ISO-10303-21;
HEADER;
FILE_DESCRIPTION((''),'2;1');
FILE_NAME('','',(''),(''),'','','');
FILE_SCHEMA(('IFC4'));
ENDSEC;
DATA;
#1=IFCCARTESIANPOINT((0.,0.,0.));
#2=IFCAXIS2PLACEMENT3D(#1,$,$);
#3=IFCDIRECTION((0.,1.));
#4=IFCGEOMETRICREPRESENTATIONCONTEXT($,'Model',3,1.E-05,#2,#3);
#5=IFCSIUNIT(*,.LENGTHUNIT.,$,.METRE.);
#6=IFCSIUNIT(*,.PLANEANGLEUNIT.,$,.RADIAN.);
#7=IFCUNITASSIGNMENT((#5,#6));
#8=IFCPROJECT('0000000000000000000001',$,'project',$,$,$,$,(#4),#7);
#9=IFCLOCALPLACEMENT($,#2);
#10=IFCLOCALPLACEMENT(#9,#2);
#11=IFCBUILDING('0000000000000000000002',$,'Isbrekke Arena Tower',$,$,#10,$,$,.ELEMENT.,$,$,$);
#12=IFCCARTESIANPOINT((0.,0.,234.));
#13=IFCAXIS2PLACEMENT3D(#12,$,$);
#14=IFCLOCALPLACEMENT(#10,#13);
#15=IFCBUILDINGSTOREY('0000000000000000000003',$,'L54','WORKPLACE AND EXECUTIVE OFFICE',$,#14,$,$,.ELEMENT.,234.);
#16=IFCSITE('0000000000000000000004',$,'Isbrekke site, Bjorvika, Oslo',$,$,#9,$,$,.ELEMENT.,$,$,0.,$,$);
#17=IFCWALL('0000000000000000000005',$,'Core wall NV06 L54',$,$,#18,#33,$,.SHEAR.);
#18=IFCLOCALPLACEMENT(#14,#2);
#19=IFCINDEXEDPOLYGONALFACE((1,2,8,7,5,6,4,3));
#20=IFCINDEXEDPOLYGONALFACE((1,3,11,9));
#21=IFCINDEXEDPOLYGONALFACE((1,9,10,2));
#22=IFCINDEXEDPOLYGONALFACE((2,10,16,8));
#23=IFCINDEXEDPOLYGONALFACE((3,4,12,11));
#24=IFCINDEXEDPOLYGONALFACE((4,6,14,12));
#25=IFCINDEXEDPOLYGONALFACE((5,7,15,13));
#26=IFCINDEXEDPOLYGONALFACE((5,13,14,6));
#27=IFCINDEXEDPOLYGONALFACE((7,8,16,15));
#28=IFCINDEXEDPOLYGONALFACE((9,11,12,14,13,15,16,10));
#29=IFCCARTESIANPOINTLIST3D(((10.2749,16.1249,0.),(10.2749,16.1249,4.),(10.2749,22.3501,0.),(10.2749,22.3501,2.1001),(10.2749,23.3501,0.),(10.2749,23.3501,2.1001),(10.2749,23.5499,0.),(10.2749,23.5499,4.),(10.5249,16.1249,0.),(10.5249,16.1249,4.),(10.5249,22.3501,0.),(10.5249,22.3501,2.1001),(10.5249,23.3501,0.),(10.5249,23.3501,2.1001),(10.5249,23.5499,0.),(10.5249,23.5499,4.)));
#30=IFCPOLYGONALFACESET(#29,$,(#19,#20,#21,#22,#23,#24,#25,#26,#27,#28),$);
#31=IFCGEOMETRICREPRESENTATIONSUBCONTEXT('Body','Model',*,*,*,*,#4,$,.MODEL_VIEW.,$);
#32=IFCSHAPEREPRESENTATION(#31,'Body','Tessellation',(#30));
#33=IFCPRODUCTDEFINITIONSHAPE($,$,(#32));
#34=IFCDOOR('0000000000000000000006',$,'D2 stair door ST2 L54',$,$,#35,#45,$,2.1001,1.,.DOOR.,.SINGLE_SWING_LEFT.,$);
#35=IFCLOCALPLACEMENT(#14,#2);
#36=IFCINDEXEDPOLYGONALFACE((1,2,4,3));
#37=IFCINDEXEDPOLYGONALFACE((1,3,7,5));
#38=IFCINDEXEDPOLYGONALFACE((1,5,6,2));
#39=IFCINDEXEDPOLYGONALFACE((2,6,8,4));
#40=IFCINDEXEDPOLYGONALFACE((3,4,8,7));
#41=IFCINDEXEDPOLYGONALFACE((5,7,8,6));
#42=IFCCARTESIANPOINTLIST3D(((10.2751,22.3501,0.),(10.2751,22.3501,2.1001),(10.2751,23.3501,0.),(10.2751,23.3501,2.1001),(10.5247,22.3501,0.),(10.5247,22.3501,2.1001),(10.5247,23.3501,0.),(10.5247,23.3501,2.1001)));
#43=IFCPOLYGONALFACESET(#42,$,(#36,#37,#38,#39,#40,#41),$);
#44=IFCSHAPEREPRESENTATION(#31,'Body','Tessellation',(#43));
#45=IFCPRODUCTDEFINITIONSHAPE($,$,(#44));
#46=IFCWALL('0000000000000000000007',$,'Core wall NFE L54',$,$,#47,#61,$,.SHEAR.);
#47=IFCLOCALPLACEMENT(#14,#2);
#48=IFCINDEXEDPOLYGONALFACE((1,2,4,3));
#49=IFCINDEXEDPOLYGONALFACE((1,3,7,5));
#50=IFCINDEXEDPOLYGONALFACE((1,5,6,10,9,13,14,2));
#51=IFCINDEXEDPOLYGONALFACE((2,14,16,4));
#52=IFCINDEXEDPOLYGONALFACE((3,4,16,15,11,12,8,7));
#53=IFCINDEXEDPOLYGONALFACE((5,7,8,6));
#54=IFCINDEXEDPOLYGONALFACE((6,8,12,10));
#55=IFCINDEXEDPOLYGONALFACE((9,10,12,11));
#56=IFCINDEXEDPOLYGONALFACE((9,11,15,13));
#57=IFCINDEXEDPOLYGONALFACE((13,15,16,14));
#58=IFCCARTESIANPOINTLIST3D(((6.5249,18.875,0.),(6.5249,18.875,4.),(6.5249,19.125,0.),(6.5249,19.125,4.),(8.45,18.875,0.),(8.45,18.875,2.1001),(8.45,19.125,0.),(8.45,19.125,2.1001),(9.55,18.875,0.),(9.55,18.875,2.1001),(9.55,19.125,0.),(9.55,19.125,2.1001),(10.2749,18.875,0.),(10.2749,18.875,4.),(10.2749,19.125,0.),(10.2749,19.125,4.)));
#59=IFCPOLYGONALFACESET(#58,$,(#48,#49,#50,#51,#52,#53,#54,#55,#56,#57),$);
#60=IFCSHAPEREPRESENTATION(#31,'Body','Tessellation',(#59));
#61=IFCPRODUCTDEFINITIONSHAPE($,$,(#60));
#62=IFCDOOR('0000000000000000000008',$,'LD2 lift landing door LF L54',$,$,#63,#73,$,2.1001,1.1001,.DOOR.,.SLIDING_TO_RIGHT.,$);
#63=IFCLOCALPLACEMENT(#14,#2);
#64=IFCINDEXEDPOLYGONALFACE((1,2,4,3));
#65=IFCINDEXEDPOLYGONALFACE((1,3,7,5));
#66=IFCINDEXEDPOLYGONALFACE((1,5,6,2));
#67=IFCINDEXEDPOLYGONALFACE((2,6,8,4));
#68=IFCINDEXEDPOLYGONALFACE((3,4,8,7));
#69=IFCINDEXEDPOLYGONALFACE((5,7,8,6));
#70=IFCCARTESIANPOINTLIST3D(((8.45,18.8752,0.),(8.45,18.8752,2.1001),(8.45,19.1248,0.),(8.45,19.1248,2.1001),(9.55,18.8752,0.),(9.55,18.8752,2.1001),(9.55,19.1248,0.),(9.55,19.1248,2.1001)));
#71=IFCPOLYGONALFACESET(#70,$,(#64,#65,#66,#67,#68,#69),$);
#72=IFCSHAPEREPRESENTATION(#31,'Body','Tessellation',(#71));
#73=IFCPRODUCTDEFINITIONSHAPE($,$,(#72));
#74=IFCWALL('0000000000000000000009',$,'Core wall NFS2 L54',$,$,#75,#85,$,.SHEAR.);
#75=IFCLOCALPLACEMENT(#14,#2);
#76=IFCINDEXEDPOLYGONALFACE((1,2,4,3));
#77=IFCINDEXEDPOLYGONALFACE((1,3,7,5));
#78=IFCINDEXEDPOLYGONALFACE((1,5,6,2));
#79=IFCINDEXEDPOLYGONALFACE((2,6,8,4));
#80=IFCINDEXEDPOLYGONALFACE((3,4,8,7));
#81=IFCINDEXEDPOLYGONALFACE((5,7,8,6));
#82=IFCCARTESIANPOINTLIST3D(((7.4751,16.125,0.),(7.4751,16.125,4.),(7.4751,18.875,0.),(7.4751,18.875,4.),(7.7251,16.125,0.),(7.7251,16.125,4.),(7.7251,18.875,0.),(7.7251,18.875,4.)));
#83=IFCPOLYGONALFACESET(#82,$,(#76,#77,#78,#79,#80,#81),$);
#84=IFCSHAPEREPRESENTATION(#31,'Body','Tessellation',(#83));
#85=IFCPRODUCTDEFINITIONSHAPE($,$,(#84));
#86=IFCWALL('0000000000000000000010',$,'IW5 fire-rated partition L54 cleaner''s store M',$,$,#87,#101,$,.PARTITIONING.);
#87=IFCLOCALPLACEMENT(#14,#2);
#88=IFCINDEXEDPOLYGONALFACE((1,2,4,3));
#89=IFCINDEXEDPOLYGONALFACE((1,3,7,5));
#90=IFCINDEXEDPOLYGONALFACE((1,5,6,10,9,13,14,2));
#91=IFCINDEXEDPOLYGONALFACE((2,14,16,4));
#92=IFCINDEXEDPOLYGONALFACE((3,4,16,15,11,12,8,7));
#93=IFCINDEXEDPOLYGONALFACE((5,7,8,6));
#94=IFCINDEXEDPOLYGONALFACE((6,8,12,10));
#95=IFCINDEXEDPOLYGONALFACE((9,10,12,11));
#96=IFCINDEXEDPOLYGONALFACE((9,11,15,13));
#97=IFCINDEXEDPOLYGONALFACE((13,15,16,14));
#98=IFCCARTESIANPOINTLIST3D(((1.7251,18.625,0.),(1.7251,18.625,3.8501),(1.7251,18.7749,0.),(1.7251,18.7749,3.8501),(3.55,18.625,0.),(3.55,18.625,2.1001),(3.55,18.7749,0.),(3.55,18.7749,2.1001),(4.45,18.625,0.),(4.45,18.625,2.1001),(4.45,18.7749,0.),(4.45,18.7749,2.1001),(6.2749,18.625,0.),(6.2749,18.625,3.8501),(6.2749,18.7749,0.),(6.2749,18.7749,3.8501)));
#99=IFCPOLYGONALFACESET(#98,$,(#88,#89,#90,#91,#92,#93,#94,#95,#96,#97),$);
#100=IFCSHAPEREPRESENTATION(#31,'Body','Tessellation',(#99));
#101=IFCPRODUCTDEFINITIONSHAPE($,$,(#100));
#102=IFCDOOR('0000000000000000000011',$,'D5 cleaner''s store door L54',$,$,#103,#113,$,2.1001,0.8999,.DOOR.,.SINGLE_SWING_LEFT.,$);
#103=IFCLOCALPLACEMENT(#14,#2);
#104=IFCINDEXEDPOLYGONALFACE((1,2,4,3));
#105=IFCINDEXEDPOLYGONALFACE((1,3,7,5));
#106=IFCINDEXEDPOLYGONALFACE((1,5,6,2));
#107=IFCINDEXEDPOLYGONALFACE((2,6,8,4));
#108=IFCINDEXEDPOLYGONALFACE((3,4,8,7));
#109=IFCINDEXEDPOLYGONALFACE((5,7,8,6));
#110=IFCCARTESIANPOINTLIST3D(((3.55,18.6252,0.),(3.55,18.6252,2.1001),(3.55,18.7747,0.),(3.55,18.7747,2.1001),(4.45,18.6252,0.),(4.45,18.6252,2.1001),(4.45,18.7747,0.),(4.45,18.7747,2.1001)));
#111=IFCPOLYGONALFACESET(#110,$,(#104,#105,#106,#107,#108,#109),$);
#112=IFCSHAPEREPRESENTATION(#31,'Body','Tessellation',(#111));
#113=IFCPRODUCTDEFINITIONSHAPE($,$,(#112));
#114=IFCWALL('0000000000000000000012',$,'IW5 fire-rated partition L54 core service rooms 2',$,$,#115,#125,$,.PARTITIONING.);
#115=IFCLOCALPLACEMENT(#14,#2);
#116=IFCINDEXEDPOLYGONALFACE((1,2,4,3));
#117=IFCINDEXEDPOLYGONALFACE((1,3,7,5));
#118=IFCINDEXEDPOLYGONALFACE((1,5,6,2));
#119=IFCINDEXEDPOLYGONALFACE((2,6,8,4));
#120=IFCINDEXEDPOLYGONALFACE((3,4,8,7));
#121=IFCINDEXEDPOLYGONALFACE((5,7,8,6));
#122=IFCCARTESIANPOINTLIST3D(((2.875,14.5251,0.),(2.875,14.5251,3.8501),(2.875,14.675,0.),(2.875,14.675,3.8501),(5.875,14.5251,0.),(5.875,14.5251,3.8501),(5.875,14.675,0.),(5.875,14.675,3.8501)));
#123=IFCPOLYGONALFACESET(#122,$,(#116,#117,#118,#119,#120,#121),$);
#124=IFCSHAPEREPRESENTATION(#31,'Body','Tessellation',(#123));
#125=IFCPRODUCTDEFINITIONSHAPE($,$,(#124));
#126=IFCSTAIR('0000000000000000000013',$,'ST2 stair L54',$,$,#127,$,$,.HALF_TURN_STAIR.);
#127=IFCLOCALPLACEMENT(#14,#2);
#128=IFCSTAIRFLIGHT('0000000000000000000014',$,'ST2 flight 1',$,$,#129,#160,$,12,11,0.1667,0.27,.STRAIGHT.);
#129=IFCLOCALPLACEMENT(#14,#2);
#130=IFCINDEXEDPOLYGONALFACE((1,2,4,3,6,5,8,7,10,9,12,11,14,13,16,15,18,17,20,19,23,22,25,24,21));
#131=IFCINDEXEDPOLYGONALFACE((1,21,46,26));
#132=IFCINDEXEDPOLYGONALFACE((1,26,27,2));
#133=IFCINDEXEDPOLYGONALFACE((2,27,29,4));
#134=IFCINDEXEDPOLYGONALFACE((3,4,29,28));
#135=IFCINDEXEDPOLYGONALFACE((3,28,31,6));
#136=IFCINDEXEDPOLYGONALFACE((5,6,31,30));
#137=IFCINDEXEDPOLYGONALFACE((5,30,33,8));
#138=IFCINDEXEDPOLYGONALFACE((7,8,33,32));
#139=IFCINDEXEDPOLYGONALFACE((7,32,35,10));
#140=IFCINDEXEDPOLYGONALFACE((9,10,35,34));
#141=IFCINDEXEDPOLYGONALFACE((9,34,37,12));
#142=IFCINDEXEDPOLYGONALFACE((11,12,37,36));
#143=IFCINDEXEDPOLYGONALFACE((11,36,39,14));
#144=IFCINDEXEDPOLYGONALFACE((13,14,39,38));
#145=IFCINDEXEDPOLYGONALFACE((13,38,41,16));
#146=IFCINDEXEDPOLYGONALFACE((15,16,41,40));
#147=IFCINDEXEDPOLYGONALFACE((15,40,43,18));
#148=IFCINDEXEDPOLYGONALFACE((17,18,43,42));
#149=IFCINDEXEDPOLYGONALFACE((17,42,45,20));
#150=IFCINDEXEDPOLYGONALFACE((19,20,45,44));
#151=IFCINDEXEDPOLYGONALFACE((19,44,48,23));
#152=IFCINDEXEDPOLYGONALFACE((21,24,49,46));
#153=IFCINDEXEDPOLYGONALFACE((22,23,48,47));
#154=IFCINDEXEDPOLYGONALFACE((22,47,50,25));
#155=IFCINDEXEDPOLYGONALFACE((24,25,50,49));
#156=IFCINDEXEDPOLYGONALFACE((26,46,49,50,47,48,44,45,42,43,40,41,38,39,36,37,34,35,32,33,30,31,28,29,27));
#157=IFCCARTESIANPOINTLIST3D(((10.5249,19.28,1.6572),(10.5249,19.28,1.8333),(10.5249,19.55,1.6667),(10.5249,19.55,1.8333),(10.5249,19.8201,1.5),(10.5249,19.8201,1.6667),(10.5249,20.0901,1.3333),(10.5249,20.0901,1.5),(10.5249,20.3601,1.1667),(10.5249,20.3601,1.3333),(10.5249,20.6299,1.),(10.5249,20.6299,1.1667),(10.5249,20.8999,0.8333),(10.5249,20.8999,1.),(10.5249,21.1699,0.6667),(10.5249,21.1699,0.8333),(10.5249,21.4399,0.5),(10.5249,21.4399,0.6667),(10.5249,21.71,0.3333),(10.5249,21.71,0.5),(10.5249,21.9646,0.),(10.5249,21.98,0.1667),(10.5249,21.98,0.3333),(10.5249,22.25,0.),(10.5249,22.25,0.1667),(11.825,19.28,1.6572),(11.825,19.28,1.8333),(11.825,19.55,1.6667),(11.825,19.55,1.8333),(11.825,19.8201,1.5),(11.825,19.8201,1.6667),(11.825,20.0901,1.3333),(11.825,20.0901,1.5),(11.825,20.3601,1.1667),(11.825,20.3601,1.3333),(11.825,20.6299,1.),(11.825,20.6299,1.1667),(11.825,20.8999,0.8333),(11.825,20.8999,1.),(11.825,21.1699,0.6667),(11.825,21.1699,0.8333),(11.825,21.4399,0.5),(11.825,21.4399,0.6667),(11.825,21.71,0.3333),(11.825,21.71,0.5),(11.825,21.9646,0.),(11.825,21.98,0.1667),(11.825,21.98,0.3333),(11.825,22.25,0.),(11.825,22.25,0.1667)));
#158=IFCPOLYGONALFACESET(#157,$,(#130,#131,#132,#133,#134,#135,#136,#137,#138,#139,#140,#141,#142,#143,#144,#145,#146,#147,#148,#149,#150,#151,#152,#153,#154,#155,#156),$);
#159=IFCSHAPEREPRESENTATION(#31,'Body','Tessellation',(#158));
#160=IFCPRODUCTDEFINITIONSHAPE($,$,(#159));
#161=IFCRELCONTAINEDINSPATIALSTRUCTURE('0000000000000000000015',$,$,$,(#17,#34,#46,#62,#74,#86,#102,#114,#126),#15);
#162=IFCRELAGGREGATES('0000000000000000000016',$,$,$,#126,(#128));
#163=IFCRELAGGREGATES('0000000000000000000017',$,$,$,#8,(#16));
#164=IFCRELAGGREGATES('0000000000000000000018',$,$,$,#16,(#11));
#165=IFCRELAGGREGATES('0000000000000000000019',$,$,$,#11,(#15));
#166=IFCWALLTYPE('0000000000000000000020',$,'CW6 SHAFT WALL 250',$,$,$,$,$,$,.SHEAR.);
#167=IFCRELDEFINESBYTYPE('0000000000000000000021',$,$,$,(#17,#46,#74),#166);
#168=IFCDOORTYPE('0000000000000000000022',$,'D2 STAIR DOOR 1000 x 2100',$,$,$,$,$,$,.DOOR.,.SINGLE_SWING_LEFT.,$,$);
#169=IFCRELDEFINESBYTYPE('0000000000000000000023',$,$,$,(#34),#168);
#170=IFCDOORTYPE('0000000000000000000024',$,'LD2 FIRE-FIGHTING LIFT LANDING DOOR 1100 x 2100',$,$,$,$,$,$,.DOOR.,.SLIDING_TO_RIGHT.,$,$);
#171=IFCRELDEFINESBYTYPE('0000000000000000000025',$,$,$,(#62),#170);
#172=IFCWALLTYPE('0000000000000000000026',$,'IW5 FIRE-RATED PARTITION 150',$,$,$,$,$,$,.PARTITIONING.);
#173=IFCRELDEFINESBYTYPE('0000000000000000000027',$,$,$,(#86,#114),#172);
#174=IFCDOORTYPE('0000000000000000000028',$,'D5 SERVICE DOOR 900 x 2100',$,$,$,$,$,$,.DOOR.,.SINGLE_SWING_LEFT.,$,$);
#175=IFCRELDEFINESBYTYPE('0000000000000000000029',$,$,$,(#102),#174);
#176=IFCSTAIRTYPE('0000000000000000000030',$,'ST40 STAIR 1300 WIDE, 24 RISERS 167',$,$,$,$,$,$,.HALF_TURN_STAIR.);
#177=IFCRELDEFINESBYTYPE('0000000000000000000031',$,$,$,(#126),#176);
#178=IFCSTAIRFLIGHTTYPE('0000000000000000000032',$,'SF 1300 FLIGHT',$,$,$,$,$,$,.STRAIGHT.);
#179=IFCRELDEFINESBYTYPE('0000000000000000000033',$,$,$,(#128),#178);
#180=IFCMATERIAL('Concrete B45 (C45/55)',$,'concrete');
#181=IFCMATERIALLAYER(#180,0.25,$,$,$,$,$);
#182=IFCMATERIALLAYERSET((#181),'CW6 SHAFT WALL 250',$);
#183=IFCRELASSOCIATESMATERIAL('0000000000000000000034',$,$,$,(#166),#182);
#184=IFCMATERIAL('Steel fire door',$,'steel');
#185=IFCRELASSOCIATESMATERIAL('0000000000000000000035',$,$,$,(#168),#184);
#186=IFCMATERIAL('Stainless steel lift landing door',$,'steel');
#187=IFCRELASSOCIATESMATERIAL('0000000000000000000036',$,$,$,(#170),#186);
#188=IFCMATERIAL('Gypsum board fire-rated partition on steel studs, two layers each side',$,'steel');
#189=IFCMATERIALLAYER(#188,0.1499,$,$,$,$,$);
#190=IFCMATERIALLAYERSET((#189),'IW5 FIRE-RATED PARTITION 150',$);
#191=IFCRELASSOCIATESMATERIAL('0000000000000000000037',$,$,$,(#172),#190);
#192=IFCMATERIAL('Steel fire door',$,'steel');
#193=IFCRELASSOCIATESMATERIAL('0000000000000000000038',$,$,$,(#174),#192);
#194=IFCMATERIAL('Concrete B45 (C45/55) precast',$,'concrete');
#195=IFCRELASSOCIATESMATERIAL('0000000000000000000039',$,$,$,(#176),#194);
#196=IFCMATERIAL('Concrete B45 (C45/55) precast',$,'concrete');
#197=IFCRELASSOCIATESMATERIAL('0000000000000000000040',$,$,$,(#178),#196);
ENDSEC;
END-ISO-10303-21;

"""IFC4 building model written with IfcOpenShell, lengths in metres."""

from ifc_helpers import new_model, si_unit, direction, frame, frame_2d, origin, place, context, subcontext, project, spatial, polyline, rectangle, outline, extrude, material, layer, layer_set, type_object, element, fill, aggregate, save


model = new_model("IFC4")

# Units and contexts
model_context = context("Model", 3, precision=1e-05, world=origin(), true_north=direction((0.0, 1.0)))
body_context = subcontext(model_context, "Body", "Model", "MODEL_VIEW")
ifc_project = project(units=[si_unit("LENGTHUNIT", "METRE"), si_unit("PLANEANGLEUNIT", "RADIAN")], contexts=[model_context])

# Site, building, storey
site_placement = place(None, origin())
site = spatial("IfcSite", under=ifc_project, at=site_placement, Name="Isbrekke site, Bjorvika, Oslo", CompositionType="ELEMENT", RefElevation=0.0)
building_placement = place(site_placement, origin())
building = spatial("IfcBuilding", under=site, at=building_placement, Name="Isbrekke Arena Tower", CompositionType="ELEMENT")
storey_placement = place(building_placement, frame((0.0, 0.0, 234.0)))
storey = spatial("IfcBuildingStorey", under=building, at=storey_placement, Name="L54", Description="WORKPLACE AND EXECUTIVE OFFICE", CompositionType="ELEMENT", Elevation=234.0)

# Shared definitions
ifc_material_1 = material(Name="Concrete B45 (C45/55)", Category="concrete")
ifc_layer_1 = layer(ifc_material_1, 0.25)
ifc_layer_set_1 = layer_set([ifc_layer_1], Name="CW6 SHAFT WALL 250")
wall_type_1 = type_object("IfcWallType", Name="CW6 SHAFT WALL 250", PredefinedType="SHEAR", material=ifc_layer_set_1)

# Walls, openings, doors
wall_1_placement = place(storey_placement, frame((10.3999, 16.125, 0.0), z_axis=(0.0, 0.0, 1.0), x_axis=(0.0, 1.0, 0.0)))
wall_1 = element("IfcWall", 1, at=wall_1_placement, inside=storey, type_object=wall_type_1, Name="Core wall NV06 L54", PredefinedType="SHEAR", context=body_context, shape_type="SweptSolid", body=[
    extrude(rectangle(XDim=7.425, YDim=0.25, at=frame_2d((3.7124, 0.0))), origin(), (0.0, 0.0, 1.0), 4.0),
])
opening_1_placement = place(wall_1_placement, frame((6.2251, 0.0, 0.0)))
opening_1 = element("IfcOpeningElement", 2, at=opening_1_placement, cuts=wall_1, PredefinedType="OPENING", context=body_context, shape_type="SweptSolid", body=[
    extrude(rectangle(XDim=1.0, YDim=2.1001, at=frame_2d((0.5, 1.05))), frame((0.0, 0.1399, 0.0), z_axis=(0.0, -1.0, 0.0), x_axis=(1.0, 0.0, 0.0)), (0.0, 0.0, 1.0), 0.2798),
])
ifc_material_2 = material(Name="Steel fire door", Category="steel")
door_type_1 = type_object("IfcDoorType", Name="D2 STAIR DOOR 1000 x 2100", OperationType="SINGLE_SWING_LEFT", PredefinedType="DOOR", material=ifc_material_2)
door_1_placement = place(opening_1_placement, origin())
door_1 = element("IfcDoor", 3, at=door_1_placement, inside=storey, type_object=door_type_1, Name="D2 stair door ST2 L54", OperationType="SINGLE_SWING_LEFT", OverallHeight=2.1001, OverallWidth=1.0, PredefinedType="DOOR", context=body_context, shape_type="SweptSolid", body=[
    extrude(rectangle(XDim=1.0, YDim=2.1001, at=frame_2d((0.5, 1.05))), frame((0.0, 0.1248, 0.0), z_axis=(0.0, -1.0, 0.0), x_axis=(1.0, 0.0, 0.0)), (0.0, 0.0, 1.0), 0.2495),
])
fill(opening_1, door_1)
wall_2_placement = place(storey_placement, frame((6.5249, 19.0, 0.0), z_axis=(0.0, 0.0, 1.0), x_axis=(1.0, 0.0, 0.0)))
wall_2 = element("IfcWall", 4, at=wall_2_placement, inside=storey, type_object=wall_type_1, Name="Core wall NFE L54", PredefinedType="SHEAR", context=body_context, shape_type="SweptSolid", body=[
    extrude(rectangle(XDim=3.75, YDim=0.25, at=frame_2d((1.875, 0.0))), origin(), (0.0, 0.0, 1.0), 4.0),
])
opening_2_placement = place(wall_2_placement, frame((1.925, 0.0, 0.0)))
opening_2 = element("IfcOpeningElement", 5, at=opening_2_placement, cuts=wall_2, PredefinedType="OPENING", context=body_context, shape_type="SweptSolid", body=[
    extrude(rectangle(XDim=1.1001, YDim=2.1001, at=frame_2d((0.55, 1.05))), frame((0.0, 0.1399, 0.0), z_axis=(0.0, -1.0, 0.0), x_axis=(1.0, 0.0, 0.0)), (0.0, 0.0, 1.0), 0.2798),
])
ifc_material_3 = material(Name="Stainless steel lift landing door", Category="steel")
door_type_2 = type_object("IfcDoorType", Name="LD2 FIRE-FIGHTING LIFT LANDING DOOR 1100 x 2100", OperationType="SLIDING_TO_RIGHT", PredefinedType="DOOR", material=ifc_material_3)
door_2_placement = place(opening_2_placement, origin())
door_2 = element("IfcDoor", 6, at=door_2_placement, inside=storey, type_object=door_type_2, Name="LD2 lift landing door LF L54", OperationType="SLIDING_TO_RIGHT", OverallHeight=2.1001, OverallWidth=1.1001, PredefinedType="DOOR", context=body_context, shape_type="SweptSolid", body=[
    extrude(rectangle(XDim=1.1001, YDim=2.1001, at=frame_2d((0.55, 1.05))), frame((0.0, 0.1248, 0.0), z_axis=(0.0, -1.0, 0.0), x_axis=(1.0, 0.0, 0.0)), (0.0, 0.0, 1.0), 0.2495),
])
fill(opening_2, door_2)

# Wall
wall_3_placement = place(storey_placement, frame((7.6001, 16.125, 0.0), z_axis=(0.0, 0.0, 1.0), x_axis=(0.0, 1.0, 0.0)))
element("IfcWall", 7, at=wall_3_placement, inside=storey, type_object=wall_type_1, Name="Core wall NFS2 L54", PredefinedType="SHEAR", context=body_context, shape_type="SweptSolid", body=[
    extrude(rectangle(XDim=2.75, YDim=0.25, at=frame_2d((1.375, 0.0))), origin(), (0.0, 0.0, 1.0), 4.0),
])

# Wall, opening, door
ifc_material_4 = material(Name="Gypsum board fire-rated partition on steel studs, two layers each side", Category="steel")
ifc_layer_2 = layer(ifc_material_4, 0.1499)
ifc_layer_set_2 = layer_set([ifc_layer_2], Name="IW5 FIRE-RATED PARTITION 150")
wall_type_2 = type_object("IfcWallType", Name="IW5 FIRE-RATED PARTITION 150", PredefinedType="PARTITIONING", material=ifc_layer_set_2)
wall_4_placement = place(storey_placement, frame((1.7251, 18.7, 0.0), z_axis=(0.0, 0.0, 1.0), x_axis=(1.0, 0.0, 0.0)))
wall_4 = element("IfcWall", 8, at=wall_4_placement, inside=storey, type_object=wall_type_2, Name="IW5 fire-rated partition L54 cleaner's store M", PredefinedType="PARTITIONING", context=body_context, shape_type="SweptSolid", body=[
    extrude(rectangle(XDim=4.5498, YDim=0.1499, at=frame_2d((2.2749, 0.0))), origin(), (0.0, 0.0, 1.0), 3.8501),
])
opening_3_placement = place(wall_4_placement, frame((1.825, 0.0, 0.0)))
opening_3 = element("IfcOpeningElement", 9, at=opening_3_placement, cuts=wall_4, PredefinedType="OPENING", context=body_context, shape_type="SweptSolid", body=[
    extrude(rectangle(XDim=0.8999, YDim=2.1001, at=frame_2d((0.45, 1.05))), frame((0.0, 0.0898, 0.0), z_axis=(0.0, -1.0, 0.0), x_axis=(1.0, 0.0, 0.0)), (0.0, 0.0, 1.0), 0.1797),
])
ifc_material_5 = material(Name="Steel fire door", Category="steel")
door_type_3 = type_object("IfcDoorType", Name="D5 SERVICE DOOR 900 x 2100", OperationType="SINGLE_SWING_LEFT", PredefinedType="DOOR", material=ifc_material_5)
door_3_placement = place(opening_3_placement, origin())
door_3 = element("IfcDoor", 10, at=door_3_placement, inside=storey, type_object=door_type_3, Name="D5 cleaner's store door L54", OperationType="SINGLE_SWING_LEFT", OverallHeight=2.1001, OverallWidth=0.8999, PredefinedType="DOOR", context=body_context, shape_type="SweptSolid", body=[
    extrude(rectangle(XDim=0.8999, YDim=2.1001, at=frame_2d((0.45, 1.05))), frame((0.0, 0.0747, 0.0), z_axis=(0.0, -1.0, 0.0), x_axis=(1.0, 0.0, 0.0)), (0.0, 0.0, 1.0), 0.1494),
])
fill(opening_3, door_3)

# Wall
wall_5_placement = place(storey_placement, frame((2.875, 14.6001, 0.0), z_axis=(0.0, 0.0, 1.0), x_axis=(1.0, 0.0, 0.0)))
element("IfcWall", 11, at=wall_5_placement, inside=storey, type_object=wall_type_2, Name="IW5 fire-rated partition L54 core service rooms 2", PredefinedType="PARTITIONING", context=body_context, shape_type="SweptSolid", body=[
    extrude(rectangle(XDim=3.0, YDim=0.1499, at=frame_2d((1.5, 0.0))), origin(), (0.0, 0.0, 1.0), 3.8501),
])

# Stair, stair flight
ifc_material_6 = material(Name="Concrete B45 (C45/55) precast", Category="concrete")
stair_type = type_object("IfcStairType", Name="ST40 STAIR 1300 WIDE, 24 RISERS 167", PredefinedType="HALF_TURN_STAIR", material=ifc_material_6)
stair_placement = place(storey_placement, origin())
stair = element("IfcStair", 12, at=stair_placement, inside=storey, type_object=stair_type, Name="ST2 stair L54", PredefinedType="HALF_TURN_STAIR")
ifc_material_7 = material(Name="Concrete B45 (C45/55) precast", Category="concrete")
stair_flight_type = type_object("IfcStairFlightType", Name="SF 1300 FLIGHT", PredefinedType="STRAIGHT", material=ifc_material_7)
stair_flight_1_placement = place(storey_placement, frame((11.175, 22.25, 0.0), z_axis=(0.0, 0.0, 1.0), x_axis=(0.0, -1.0, 0.0)))
stair_flight_1 = element("IfcStairFlight", 13, at=stair_flight_1_placement, type_object=stair_flight_type, Name="ST2 flight 1", NumberOfRisers=12, NumberOfTreads=11, PredefinedType="STRAIGHT", RiserHeight=0.1667, TreadLength=0.27, context=body_context, shape_type="SweptSolid", body=[
    extrude(outline(polyline([(0.0, 0.0), (0.0, 0.1667), (0.27, 0.1667), (0.27, 0.3333), (0.54, 0.3333), (0.54, 0.5), (0.8101, 0.5), (0.8101, 0.6667), (1.0801, 0.6667), (1.0801, 0.8333), (1.3501, 0.8333), (1.3501, 1.0), (1.6201, 1.0), (1.6201, 1.1667), (1.8899, 1.1667), (1.8899, 1.3333), (2.1599, 1.3333), (2.1599, 1.5), (2.4299, 1.5), (2.4299, 1.6667), (2.7, 1.6667), (2.7, 1.8333), (2.97, 1.8333), (2.97, 2.0), (2.97, 1.6572), (0.2854, 0.0), (0.0, 0.0)])), frame((0.0, 0.6499, 0.0), z_axis=(0.0, -1.0, 0.0), x_axis=(1.0, 0.0, 0.0)), (0.0, 0.0, 1.0), 1.3),
])
aggregate(stair, [stair_flight_1])

save(model, "model.ifc")
